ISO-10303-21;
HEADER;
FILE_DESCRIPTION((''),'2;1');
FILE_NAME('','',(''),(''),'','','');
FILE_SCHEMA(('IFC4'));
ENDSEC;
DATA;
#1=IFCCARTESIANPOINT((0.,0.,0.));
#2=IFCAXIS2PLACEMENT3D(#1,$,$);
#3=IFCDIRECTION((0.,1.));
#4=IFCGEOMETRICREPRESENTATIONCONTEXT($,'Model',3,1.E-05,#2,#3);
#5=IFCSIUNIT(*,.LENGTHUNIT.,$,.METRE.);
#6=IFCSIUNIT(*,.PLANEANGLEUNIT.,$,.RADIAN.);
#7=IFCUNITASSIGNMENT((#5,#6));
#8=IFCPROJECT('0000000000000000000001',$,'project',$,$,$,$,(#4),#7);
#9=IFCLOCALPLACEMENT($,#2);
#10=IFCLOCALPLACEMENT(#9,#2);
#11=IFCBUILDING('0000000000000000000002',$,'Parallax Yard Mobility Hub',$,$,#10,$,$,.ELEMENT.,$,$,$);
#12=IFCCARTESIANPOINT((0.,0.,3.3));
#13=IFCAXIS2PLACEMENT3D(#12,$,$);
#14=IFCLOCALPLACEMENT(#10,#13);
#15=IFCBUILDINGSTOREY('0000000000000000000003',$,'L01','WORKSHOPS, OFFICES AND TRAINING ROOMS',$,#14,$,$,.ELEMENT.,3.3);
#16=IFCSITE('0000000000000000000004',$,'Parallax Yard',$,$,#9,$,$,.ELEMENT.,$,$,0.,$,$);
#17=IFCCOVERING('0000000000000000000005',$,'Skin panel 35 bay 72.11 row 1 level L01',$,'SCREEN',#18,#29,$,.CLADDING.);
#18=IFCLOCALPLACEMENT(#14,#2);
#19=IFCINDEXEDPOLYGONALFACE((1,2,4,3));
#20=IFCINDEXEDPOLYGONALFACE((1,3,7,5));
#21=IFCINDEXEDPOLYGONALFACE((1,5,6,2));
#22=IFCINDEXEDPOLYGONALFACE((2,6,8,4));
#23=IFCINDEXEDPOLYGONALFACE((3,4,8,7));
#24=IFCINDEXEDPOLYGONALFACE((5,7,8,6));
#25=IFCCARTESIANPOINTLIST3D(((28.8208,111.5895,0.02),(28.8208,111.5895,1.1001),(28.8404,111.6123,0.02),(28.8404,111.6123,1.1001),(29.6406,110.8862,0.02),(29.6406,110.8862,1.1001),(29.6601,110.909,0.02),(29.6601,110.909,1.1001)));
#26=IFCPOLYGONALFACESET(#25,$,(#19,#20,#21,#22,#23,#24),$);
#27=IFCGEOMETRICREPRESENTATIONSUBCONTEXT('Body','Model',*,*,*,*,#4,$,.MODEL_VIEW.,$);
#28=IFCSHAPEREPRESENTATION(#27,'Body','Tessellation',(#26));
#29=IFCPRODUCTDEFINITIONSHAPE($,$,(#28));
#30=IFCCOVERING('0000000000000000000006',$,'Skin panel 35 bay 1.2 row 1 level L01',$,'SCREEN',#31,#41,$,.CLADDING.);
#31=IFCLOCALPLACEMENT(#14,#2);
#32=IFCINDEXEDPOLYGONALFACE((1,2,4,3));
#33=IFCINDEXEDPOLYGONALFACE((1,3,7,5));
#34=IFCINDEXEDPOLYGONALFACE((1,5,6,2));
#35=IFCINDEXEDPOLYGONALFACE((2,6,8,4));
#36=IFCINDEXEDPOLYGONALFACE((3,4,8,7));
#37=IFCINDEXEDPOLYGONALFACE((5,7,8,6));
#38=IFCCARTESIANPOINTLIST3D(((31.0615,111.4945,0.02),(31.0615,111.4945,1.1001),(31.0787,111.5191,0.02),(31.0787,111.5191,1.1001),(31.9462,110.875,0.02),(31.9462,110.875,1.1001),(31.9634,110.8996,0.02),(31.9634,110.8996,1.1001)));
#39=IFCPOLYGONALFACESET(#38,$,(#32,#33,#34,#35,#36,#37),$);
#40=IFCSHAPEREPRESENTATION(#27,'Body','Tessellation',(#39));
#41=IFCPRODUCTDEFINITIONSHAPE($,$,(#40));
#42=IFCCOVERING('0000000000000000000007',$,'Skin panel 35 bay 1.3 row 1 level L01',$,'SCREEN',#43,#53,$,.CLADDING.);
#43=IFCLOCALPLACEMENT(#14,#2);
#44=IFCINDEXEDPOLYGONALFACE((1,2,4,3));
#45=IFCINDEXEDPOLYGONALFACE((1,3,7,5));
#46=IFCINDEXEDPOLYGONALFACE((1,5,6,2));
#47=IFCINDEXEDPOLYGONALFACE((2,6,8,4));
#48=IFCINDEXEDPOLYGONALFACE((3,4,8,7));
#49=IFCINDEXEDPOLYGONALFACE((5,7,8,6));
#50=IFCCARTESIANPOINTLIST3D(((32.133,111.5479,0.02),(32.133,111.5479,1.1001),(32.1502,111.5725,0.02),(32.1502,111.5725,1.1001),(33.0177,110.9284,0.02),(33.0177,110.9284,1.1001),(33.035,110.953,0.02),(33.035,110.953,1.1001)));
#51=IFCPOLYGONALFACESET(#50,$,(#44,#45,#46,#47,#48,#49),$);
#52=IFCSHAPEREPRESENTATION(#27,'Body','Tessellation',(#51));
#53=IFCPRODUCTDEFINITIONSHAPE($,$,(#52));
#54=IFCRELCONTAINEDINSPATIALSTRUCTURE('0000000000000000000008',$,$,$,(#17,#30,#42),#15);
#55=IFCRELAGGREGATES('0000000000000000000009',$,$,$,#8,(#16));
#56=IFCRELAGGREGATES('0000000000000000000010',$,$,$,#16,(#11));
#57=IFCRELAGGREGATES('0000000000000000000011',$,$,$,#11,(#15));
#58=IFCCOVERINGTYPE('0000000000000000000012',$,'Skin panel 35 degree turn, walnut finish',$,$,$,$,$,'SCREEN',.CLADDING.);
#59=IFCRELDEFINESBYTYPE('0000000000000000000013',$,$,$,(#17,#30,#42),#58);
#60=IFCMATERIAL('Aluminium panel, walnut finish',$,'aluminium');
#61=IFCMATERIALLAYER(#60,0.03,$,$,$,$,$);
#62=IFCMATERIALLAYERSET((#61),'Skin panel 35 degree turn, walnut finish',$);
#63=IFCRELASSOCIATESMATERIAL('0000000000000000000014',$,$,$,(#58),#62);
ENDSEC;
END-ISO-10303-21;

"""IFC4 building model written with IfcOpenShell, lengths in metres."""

from ifc_helpers import new_model, si_unit, direction, frame, origin, origin_2d, place, context, subcontext, project, spatial, rectangle, extrude, material, layer, layer_set, type_object, element, save


model = new_model("IFC4")

# Units and contexts
model_context = context("Model", 3, precision=1e-05, world=origin(), true_north=direction((0.0, 1.0)))
body_context = subcontext(model_context, "Body", "Model", "MODEL_VIEW")
ifc_project = project(units=[si_unit("LENGTHUNIT", "METRE"), si_unit("PLANEANGLEUNIT", "RADIAN")], contexts=[model_context])

# Site, building, storey
site_placement = place(None, origin())
site = spatial("IfcSite", under=ifc_project, at=site_placement, Name="Parallax Yard", CompositionType="ELEMENT", RefElevation=0.0)
building_placement = place(site_placement, origin())
building = spatial("IfcBuilding", under=site, at=building_placement, Name="Parallax Yard Mobility Hub", CompositionType="ELEMENT")
storey_placement = place(building_placement, frame((0.0, 0.0, 3.3)))
storey = spatial("IfcBuildingStorey", under=building, at=storey_placement, Name="L01", Description="WORKSHOPS, OFFICES AND TRAINING ROOMS", CompositionType="ELEMENT", Elevation=3.3)

# Coverings
ifc_material_1 = material(Name="Aluminium panel, walnut finish", Category="aluminium")
ifc_layer_1 = layer(ifc_material_1, 0.03)
ifc_layer_set_1 = layer_set([ifc_layer_1], Name="Skin panel 35 degree turn, walnut finish")
covering_type_1 = type_object("IfcCoveringType", Name="Skin panel 35 degree turn, walnut finish", ElementType="SCREEN", PredefinedType="CLADDING", material=ifc_layer_set_1)
for number, where, z_axis, x_axis, name in (
    (1, (29.2405, 111.2493, 0.02), (0.0, 0.0, 1.0), (0.758987, -0.651105, 0.0), "Skin panel 35 bay 72.11 row 1 level L01"),
    (2, (31.5125, 111.197, 0.02), (0.0, 0.0, 1.0), (0.819152, -0.573576, 0.0), "Skin panel 35 bay 1.2 row 1 level L01"),
    (3, (32.584, 111.2505, 0.02), (0.0, 0.0, 1.0), (0.819152, -0.573576, 0.0), "Skin panel 35 bay 1.3 row 1 level L01"),
):
    element("IfcCovering", number, at=place(storey_placement, frame(where, z_axis=z_axis, x_axis=x_axis)), inside=storey, type_object=covering_type_1, Name=name, ObjectType="SCREEN", PredefinedType="CLADDING", context=body_context, shape_type="SweptSolid", body=[
        extrude(rectangle(XDim=1.0801, YDim=0.03, at=origin_2d()), origin(), (0.0, 0.0, 1.0), 1.0801),
    ])

save(model, "model.ifc")
